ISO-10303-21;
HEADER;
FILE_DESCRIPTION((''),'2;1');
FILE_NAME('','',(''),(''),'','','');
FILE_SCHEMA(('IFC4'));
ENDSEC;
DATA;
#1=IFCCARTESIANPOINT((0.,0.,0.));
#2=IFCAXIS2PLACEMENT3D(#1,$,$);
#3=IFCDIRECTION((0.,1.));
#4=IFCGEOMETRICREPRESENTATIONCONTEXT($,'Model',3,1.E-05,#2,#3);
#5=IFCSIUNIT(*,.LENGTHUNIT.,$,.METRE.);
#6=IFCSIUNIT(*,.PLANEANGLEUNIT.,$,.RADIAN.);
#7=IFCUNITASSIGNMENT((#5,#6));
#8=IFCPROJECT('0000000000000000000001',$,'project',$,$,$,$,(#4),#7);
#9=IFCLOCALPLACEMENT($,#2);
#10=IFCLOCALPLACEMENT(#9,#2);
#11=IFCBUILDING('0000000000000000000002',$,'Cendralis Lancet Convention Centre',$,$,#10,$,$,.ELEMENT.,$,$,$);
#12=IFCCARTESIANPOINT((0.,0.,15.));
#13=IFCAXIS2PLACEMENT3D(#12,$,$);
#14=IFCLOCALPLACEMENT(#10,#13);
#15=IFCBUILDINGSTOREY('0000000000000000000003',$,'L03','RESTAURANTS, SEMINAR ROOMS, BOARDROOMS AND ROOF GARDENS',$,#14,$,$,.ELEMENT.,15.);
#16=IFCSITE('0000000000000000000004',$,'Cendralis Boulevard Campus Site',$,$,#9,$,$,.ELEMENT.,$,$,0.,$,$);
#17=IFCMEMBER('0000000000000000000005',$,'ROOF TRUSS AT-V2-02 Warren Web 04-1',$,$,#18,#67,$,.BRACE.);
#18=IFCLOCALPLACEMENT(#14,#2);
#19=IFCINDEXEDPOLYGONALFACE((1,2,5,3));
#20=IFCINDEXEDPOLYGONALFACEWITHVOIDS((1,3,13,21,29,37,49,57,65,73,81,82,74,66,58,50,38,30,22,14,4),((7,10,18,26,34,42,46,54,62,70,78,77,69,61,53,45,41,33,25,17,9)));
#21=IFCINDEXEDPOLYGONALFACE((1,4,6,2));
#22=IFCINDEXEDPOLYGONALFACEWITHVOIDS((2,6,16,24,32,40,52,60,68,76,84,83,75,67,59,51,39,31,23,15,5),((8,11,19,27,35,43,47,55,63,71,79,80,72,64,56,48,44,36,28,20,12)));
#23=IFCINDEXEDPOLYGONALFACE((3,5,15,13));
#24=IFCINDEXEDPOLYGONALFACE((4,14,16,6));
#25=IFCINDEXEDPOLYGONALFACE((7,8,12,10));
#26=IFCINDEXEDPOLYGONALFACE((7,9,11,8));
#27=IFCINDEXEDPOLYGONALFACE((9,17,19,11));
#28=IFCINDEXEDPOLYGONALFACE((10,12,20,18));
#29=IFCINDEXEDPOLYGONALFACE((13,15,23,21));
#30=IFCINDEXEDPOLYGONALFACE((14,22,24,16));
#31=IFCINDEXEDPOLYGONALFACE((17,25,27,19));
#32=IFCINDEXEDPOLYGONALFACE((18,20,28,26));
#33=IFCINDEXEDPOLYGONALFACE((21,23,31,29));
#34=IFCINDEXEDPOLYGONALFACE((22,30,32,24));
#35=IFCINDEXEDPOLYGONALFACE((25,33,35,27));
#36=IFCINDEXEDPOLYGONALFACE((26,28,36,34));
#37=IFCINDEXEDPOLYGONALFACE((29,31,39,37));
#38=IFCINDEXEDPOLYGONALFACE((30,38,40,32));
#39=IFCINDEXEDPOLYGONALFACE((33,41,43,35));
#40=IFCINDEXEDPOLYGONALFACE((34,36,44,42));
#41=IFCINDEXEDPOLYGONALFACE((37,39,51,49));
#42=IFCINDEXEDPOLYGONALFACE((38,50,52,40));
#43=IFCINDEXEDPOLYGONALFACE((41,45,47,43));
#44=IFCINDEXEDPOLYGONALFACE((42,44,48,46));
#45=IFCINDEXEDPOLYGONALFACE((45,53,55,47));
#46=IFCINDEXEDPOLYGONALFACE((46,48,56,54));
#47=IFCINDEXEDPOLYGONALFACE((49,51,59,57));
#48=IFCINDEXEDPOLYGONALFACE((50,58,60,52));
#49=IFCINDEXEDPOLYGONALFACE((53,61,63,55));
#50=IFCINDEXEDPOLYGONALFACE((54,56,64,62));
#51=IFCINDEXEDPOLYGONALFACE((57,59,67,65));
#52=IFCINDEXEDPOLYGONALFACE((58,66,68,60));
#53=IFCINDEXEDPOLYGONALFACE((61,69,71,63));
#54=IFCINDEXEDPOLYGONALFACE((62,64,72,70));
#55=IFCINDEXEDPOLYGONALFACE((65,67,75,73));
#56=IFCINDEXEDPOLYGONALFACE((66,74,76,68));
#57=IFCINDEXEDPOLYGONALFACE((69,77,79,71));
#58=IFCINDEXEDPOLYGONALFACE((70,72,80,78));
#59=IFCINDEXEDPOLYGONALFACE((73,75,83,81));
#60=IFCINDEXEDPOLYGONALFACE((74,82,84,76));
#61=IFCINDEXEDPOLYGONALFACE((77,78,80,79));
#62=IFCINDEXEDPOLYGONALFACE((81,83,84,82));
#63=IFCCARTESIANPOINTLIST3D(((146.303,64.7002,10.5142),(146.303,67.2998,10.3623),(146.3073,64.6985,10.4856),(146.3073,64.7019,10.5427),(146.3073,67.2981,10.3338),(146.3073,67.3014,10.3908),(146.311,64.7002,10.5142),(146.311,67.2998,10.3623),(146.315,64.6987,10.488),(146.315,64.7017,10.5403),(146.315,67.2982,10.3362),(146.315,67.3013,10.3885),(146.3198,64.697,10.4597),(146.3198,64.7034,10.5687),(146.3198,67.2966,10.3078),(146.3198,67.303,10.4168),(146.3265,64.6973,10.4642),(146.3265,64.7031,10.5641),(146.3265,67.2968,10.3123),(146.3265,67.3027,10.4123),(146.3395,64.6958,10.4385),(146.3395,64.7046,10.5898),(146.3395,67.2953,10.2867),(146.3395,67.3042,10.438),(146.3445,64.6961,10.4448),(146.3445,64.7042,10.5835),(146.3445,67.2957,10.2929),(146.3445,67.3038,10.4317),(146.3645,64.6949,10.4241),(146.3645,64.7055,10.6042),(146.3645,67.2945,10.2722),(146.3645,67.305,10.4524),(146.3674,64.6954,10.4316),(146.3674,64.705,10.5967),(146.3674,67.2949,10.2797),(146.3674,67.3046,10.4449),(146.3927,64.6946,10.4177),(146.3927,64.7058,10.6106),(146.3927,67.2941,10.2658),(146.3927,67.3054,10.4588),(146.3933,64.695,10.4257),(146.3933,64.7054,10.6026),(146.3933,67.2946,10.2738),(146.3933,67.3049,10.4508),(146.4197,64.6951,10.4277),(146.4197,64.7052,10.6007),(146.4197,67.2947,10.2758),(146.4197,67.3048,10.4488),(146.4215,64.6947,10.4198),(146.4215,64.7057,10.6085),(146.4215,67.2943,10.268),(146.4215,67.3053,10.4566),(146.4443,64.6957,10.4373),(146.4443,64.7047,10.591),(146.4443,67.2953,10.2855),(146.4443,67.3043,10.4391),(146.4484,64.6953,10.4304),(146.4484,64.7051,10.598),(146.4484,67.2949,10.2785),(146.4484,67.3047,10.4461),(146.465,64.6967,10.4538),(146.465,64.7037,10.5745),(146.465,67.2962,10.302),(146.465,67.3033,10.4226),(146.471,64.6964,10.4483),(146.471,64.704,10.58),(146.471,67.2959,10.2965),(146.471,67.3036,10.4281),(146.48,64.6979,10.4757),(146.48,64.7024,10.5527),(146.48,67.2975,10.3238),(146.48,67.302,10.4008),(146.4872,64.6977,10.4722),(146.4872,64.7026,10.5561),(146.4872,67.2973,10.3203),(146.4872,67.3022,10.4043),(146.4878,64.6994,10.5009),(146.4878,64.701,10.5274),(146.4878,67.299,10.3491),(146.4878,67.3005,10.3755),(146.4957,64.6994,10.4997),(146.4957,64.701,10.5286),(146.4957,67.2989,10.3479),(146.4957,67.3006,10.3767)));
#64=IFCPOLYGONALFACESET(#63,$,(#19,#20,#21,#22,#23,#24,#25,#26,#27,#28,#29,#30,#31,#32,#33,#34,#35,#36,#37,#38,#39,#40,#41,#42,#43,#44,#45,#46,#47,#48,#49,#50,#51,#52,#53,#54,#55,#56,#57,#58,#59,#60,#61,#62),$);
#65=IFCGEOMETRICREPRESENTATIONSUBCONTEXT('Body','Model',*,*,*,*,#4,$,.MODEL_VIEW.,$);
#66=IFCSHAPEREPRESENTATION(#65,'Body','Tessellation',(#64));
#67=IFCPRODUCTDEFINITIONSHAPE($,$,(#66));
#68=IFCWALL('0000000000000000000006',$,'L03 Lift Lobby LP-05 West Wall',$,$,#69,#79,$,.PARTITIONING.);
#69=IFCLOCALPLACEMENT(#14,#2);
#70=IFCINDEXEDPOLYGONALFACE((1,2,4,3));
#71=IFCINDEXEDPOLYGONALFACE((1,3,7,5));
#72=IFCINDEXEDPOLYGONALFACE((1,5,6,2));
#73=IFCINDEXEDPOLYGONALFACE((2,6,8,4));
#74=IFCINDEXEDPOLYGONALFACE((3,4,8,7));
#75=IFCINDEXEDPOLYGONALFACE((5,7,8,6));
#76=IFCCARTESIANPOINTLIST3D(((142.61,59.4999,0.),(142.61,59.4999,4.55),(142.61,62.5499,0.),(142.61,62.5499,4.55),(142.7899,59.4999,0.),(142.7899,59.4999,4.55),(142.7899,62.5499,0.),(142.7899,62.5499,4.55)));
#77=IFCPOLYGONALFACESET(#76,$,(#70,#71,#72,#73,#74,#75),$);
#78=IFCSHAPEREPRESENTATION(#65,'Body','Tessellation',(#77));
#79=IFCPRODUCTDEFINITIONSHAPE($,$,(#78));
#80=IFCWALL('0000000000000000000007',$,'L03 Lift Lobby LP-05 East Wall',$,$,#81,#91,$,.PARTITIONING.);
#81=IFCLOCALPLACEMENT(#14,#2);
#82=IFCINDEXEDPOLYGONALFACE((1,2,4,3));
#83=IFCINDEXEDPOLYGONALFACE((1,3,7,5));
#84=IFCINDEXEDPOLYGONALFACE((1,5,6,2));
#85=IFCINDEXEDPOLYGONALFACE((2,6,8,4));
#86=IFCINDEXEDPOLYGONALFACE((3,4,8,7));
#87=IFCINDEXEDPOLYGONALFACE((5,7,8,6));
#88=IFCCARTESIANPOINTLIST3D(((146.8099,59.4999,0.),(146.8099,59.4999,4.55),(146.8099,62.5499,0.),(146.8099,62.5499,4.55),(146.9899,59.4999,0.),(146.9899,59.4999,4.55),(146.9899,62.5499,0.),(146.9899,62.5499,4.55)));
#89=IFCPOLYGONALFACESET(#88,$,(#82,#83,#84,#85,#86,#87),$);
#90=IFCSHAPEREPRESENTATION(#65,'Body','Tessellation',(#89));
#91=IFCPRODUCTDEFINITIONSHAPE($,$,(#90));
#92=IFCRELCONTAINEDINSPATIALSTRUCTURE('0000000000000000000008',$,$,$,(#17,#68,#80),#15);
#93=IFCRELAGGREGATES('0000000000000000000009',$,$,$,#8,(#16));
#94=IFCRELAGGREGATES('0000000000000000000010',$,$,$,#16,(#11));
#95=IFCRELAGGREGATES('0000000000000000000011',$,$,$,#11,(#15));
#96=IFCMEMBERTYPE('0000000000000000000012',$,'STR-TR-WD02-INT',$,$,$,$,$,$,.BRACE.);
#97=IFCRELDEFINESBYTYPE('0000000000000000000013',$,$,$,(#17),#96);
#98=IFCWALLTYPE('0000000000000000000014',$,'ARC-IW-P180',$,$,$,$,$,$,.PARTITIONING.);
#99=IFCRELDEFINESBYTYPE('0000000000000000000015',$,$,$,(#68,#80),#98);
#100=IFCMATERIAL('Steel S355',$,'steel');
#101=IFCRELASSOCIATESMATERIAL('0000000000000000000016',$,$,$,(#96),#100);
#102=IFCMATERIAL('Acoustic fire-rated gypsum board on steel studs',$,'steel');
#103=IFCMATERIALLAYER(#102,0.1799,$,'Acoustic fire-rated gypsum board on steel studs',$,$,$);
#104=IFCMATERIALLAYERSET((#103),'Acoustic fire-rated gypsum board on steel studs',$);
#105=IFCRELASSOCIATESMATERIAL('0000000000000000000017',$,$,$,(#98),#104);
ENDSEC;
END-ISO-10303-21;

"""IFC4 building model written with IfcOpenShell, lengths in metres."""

from ifc_helpers import new_model, si_unit, direction, frame, frame_2d, origin, origin_2d, place, context, subcontext, project, spatial, rectangle, hollow_circle, extrude, material, layer, layer_set, material_profile, profile_set, type_object, element, save


model = new_model("IFC4")

# Units and contexts
model_context = context("Model", 3, precision=1e-05, world=origin(), true_north=direction((0.0, 1.0)))
body_context = subcontext(model_context, "Body", "Model", "MODEL_VIEW")
ifc_project = project(units=[si_unit("LENGTHUNIT", "METRE"), si_unit("PLANEANGLEUNIT", "RADIAN")], contexts=[model_context])

# Site, building, storey
site_placement = place(None, origin())
site = spatial("IfcSite", under=ifc_project, at=site_placement, Name="Cendralis Boulevard Campus Site", CompositionType="ELEMENT", RefElevation=0.0)
building_placement = place(site_placement, origin())
building = spatial("IfcBuilding", under=site, at=building_placement, Name="Cendralis Lancet Convention Centre", CompositionType="ELEMENT")
storey_placement = place(building_placement, frame((0.0, 0.0, 15.0)))
storey = spatial("IfcBuildingStorey", under=building, at=storey_placement, Name="L03", Description="RESTAURANTS, SEMINAR ROOMS, BOARDROOMS AND ROOF GARDENS", CompositionType="ELEMENT", Elevation=15.0)

# Shared definitions
ifc_material_1 = material(Name="Steel S355", Category="steel")

# Member
ifc_material_profile_1 = material_profile(ifc_material_1, hollow_circle(Radius=0.0969, WallThickness=0.0081, at=origin_2d()), Name="CHS 193.7x8.0")
ifc_profile_set_1 = profile_set([ifc_material_profile_1], Name="Steel S355")
member_type_1 = type_object("IfcMemberType", Name="STR-TR-WD02-INT", PredefinedType="BRACE", material=ifc_profile_set_1)
member_1_placement = place(storey_placement, frame((146.3999, 64.7002, 10.5142), z_axis=(0.0, 0.998298, -0.058315), x_axis=(-1.0, 0.0, 0.0)))
element("IfcMember", 1, at=member_1_placement, inside=storey, type_object=member_type_1, Name="ROOF TRUSS AT-V2-02 Warren Web 04-1", PredefinedType="BRACE", context=body_context, shape_type="SweptSolid", body=[
    extrude(hollow_circle(Radius=0.0969, WallThickness=0.0081, at=origin_2d()), origin(), (0.0, 0.0, 1.0), 2.604),
])

# Shared definitions
ifc_material_2 = material(Name="Acoustic fire-rated gypsum board on steel studs", Category="steel")
ifc_layer_1 = layer(ifc_material_2, 0.1799, Name="Acoustic fire-rated gypsum board on steel studs")
ifc_layer_set_1 = layer_set([ifc_layer_1], Name="Acoustic fire-rated gypsum board on steel studs")
wall_type_1 = type_object("IfcWallType", Name="ARC-IW-P180", PredefinedType="PARTITIONING", material=ifc_layer_set_1)

# Walls
for number, where, z_axis, x_axis, name in (
    (2, (142.7, 59.5, 0.0), (0.0, 0.0, 1.0), (0.0, 1.0, 0.0), "L03 Lift Lobby LP-05 West Wall"),
    (3, (146.8999, 59.5, 0.0), (0.0, 0.0, 1.0), (0.0, 1.0, 0.0), "L03 Lift Lobby LP-05 East Wall"),
):
    element("IfcWall", number, at=place(storey_placement, frame(where, z_axis=z_axis, x_axis=x_axis)), inside=storey, type_object=wall_type_1, Name=name, PredefinedType="PARTITIONING", context=body_context, shape_type="SweptSolid", body=[
        extrude(rectangle(XDim=3.05, YDim=0.1799, at=frame_2d((1.5249, 0.0))), origin(), (0.0, 0.0, 1.0), 4.55),
    ])

save(model, "model.ifc")
